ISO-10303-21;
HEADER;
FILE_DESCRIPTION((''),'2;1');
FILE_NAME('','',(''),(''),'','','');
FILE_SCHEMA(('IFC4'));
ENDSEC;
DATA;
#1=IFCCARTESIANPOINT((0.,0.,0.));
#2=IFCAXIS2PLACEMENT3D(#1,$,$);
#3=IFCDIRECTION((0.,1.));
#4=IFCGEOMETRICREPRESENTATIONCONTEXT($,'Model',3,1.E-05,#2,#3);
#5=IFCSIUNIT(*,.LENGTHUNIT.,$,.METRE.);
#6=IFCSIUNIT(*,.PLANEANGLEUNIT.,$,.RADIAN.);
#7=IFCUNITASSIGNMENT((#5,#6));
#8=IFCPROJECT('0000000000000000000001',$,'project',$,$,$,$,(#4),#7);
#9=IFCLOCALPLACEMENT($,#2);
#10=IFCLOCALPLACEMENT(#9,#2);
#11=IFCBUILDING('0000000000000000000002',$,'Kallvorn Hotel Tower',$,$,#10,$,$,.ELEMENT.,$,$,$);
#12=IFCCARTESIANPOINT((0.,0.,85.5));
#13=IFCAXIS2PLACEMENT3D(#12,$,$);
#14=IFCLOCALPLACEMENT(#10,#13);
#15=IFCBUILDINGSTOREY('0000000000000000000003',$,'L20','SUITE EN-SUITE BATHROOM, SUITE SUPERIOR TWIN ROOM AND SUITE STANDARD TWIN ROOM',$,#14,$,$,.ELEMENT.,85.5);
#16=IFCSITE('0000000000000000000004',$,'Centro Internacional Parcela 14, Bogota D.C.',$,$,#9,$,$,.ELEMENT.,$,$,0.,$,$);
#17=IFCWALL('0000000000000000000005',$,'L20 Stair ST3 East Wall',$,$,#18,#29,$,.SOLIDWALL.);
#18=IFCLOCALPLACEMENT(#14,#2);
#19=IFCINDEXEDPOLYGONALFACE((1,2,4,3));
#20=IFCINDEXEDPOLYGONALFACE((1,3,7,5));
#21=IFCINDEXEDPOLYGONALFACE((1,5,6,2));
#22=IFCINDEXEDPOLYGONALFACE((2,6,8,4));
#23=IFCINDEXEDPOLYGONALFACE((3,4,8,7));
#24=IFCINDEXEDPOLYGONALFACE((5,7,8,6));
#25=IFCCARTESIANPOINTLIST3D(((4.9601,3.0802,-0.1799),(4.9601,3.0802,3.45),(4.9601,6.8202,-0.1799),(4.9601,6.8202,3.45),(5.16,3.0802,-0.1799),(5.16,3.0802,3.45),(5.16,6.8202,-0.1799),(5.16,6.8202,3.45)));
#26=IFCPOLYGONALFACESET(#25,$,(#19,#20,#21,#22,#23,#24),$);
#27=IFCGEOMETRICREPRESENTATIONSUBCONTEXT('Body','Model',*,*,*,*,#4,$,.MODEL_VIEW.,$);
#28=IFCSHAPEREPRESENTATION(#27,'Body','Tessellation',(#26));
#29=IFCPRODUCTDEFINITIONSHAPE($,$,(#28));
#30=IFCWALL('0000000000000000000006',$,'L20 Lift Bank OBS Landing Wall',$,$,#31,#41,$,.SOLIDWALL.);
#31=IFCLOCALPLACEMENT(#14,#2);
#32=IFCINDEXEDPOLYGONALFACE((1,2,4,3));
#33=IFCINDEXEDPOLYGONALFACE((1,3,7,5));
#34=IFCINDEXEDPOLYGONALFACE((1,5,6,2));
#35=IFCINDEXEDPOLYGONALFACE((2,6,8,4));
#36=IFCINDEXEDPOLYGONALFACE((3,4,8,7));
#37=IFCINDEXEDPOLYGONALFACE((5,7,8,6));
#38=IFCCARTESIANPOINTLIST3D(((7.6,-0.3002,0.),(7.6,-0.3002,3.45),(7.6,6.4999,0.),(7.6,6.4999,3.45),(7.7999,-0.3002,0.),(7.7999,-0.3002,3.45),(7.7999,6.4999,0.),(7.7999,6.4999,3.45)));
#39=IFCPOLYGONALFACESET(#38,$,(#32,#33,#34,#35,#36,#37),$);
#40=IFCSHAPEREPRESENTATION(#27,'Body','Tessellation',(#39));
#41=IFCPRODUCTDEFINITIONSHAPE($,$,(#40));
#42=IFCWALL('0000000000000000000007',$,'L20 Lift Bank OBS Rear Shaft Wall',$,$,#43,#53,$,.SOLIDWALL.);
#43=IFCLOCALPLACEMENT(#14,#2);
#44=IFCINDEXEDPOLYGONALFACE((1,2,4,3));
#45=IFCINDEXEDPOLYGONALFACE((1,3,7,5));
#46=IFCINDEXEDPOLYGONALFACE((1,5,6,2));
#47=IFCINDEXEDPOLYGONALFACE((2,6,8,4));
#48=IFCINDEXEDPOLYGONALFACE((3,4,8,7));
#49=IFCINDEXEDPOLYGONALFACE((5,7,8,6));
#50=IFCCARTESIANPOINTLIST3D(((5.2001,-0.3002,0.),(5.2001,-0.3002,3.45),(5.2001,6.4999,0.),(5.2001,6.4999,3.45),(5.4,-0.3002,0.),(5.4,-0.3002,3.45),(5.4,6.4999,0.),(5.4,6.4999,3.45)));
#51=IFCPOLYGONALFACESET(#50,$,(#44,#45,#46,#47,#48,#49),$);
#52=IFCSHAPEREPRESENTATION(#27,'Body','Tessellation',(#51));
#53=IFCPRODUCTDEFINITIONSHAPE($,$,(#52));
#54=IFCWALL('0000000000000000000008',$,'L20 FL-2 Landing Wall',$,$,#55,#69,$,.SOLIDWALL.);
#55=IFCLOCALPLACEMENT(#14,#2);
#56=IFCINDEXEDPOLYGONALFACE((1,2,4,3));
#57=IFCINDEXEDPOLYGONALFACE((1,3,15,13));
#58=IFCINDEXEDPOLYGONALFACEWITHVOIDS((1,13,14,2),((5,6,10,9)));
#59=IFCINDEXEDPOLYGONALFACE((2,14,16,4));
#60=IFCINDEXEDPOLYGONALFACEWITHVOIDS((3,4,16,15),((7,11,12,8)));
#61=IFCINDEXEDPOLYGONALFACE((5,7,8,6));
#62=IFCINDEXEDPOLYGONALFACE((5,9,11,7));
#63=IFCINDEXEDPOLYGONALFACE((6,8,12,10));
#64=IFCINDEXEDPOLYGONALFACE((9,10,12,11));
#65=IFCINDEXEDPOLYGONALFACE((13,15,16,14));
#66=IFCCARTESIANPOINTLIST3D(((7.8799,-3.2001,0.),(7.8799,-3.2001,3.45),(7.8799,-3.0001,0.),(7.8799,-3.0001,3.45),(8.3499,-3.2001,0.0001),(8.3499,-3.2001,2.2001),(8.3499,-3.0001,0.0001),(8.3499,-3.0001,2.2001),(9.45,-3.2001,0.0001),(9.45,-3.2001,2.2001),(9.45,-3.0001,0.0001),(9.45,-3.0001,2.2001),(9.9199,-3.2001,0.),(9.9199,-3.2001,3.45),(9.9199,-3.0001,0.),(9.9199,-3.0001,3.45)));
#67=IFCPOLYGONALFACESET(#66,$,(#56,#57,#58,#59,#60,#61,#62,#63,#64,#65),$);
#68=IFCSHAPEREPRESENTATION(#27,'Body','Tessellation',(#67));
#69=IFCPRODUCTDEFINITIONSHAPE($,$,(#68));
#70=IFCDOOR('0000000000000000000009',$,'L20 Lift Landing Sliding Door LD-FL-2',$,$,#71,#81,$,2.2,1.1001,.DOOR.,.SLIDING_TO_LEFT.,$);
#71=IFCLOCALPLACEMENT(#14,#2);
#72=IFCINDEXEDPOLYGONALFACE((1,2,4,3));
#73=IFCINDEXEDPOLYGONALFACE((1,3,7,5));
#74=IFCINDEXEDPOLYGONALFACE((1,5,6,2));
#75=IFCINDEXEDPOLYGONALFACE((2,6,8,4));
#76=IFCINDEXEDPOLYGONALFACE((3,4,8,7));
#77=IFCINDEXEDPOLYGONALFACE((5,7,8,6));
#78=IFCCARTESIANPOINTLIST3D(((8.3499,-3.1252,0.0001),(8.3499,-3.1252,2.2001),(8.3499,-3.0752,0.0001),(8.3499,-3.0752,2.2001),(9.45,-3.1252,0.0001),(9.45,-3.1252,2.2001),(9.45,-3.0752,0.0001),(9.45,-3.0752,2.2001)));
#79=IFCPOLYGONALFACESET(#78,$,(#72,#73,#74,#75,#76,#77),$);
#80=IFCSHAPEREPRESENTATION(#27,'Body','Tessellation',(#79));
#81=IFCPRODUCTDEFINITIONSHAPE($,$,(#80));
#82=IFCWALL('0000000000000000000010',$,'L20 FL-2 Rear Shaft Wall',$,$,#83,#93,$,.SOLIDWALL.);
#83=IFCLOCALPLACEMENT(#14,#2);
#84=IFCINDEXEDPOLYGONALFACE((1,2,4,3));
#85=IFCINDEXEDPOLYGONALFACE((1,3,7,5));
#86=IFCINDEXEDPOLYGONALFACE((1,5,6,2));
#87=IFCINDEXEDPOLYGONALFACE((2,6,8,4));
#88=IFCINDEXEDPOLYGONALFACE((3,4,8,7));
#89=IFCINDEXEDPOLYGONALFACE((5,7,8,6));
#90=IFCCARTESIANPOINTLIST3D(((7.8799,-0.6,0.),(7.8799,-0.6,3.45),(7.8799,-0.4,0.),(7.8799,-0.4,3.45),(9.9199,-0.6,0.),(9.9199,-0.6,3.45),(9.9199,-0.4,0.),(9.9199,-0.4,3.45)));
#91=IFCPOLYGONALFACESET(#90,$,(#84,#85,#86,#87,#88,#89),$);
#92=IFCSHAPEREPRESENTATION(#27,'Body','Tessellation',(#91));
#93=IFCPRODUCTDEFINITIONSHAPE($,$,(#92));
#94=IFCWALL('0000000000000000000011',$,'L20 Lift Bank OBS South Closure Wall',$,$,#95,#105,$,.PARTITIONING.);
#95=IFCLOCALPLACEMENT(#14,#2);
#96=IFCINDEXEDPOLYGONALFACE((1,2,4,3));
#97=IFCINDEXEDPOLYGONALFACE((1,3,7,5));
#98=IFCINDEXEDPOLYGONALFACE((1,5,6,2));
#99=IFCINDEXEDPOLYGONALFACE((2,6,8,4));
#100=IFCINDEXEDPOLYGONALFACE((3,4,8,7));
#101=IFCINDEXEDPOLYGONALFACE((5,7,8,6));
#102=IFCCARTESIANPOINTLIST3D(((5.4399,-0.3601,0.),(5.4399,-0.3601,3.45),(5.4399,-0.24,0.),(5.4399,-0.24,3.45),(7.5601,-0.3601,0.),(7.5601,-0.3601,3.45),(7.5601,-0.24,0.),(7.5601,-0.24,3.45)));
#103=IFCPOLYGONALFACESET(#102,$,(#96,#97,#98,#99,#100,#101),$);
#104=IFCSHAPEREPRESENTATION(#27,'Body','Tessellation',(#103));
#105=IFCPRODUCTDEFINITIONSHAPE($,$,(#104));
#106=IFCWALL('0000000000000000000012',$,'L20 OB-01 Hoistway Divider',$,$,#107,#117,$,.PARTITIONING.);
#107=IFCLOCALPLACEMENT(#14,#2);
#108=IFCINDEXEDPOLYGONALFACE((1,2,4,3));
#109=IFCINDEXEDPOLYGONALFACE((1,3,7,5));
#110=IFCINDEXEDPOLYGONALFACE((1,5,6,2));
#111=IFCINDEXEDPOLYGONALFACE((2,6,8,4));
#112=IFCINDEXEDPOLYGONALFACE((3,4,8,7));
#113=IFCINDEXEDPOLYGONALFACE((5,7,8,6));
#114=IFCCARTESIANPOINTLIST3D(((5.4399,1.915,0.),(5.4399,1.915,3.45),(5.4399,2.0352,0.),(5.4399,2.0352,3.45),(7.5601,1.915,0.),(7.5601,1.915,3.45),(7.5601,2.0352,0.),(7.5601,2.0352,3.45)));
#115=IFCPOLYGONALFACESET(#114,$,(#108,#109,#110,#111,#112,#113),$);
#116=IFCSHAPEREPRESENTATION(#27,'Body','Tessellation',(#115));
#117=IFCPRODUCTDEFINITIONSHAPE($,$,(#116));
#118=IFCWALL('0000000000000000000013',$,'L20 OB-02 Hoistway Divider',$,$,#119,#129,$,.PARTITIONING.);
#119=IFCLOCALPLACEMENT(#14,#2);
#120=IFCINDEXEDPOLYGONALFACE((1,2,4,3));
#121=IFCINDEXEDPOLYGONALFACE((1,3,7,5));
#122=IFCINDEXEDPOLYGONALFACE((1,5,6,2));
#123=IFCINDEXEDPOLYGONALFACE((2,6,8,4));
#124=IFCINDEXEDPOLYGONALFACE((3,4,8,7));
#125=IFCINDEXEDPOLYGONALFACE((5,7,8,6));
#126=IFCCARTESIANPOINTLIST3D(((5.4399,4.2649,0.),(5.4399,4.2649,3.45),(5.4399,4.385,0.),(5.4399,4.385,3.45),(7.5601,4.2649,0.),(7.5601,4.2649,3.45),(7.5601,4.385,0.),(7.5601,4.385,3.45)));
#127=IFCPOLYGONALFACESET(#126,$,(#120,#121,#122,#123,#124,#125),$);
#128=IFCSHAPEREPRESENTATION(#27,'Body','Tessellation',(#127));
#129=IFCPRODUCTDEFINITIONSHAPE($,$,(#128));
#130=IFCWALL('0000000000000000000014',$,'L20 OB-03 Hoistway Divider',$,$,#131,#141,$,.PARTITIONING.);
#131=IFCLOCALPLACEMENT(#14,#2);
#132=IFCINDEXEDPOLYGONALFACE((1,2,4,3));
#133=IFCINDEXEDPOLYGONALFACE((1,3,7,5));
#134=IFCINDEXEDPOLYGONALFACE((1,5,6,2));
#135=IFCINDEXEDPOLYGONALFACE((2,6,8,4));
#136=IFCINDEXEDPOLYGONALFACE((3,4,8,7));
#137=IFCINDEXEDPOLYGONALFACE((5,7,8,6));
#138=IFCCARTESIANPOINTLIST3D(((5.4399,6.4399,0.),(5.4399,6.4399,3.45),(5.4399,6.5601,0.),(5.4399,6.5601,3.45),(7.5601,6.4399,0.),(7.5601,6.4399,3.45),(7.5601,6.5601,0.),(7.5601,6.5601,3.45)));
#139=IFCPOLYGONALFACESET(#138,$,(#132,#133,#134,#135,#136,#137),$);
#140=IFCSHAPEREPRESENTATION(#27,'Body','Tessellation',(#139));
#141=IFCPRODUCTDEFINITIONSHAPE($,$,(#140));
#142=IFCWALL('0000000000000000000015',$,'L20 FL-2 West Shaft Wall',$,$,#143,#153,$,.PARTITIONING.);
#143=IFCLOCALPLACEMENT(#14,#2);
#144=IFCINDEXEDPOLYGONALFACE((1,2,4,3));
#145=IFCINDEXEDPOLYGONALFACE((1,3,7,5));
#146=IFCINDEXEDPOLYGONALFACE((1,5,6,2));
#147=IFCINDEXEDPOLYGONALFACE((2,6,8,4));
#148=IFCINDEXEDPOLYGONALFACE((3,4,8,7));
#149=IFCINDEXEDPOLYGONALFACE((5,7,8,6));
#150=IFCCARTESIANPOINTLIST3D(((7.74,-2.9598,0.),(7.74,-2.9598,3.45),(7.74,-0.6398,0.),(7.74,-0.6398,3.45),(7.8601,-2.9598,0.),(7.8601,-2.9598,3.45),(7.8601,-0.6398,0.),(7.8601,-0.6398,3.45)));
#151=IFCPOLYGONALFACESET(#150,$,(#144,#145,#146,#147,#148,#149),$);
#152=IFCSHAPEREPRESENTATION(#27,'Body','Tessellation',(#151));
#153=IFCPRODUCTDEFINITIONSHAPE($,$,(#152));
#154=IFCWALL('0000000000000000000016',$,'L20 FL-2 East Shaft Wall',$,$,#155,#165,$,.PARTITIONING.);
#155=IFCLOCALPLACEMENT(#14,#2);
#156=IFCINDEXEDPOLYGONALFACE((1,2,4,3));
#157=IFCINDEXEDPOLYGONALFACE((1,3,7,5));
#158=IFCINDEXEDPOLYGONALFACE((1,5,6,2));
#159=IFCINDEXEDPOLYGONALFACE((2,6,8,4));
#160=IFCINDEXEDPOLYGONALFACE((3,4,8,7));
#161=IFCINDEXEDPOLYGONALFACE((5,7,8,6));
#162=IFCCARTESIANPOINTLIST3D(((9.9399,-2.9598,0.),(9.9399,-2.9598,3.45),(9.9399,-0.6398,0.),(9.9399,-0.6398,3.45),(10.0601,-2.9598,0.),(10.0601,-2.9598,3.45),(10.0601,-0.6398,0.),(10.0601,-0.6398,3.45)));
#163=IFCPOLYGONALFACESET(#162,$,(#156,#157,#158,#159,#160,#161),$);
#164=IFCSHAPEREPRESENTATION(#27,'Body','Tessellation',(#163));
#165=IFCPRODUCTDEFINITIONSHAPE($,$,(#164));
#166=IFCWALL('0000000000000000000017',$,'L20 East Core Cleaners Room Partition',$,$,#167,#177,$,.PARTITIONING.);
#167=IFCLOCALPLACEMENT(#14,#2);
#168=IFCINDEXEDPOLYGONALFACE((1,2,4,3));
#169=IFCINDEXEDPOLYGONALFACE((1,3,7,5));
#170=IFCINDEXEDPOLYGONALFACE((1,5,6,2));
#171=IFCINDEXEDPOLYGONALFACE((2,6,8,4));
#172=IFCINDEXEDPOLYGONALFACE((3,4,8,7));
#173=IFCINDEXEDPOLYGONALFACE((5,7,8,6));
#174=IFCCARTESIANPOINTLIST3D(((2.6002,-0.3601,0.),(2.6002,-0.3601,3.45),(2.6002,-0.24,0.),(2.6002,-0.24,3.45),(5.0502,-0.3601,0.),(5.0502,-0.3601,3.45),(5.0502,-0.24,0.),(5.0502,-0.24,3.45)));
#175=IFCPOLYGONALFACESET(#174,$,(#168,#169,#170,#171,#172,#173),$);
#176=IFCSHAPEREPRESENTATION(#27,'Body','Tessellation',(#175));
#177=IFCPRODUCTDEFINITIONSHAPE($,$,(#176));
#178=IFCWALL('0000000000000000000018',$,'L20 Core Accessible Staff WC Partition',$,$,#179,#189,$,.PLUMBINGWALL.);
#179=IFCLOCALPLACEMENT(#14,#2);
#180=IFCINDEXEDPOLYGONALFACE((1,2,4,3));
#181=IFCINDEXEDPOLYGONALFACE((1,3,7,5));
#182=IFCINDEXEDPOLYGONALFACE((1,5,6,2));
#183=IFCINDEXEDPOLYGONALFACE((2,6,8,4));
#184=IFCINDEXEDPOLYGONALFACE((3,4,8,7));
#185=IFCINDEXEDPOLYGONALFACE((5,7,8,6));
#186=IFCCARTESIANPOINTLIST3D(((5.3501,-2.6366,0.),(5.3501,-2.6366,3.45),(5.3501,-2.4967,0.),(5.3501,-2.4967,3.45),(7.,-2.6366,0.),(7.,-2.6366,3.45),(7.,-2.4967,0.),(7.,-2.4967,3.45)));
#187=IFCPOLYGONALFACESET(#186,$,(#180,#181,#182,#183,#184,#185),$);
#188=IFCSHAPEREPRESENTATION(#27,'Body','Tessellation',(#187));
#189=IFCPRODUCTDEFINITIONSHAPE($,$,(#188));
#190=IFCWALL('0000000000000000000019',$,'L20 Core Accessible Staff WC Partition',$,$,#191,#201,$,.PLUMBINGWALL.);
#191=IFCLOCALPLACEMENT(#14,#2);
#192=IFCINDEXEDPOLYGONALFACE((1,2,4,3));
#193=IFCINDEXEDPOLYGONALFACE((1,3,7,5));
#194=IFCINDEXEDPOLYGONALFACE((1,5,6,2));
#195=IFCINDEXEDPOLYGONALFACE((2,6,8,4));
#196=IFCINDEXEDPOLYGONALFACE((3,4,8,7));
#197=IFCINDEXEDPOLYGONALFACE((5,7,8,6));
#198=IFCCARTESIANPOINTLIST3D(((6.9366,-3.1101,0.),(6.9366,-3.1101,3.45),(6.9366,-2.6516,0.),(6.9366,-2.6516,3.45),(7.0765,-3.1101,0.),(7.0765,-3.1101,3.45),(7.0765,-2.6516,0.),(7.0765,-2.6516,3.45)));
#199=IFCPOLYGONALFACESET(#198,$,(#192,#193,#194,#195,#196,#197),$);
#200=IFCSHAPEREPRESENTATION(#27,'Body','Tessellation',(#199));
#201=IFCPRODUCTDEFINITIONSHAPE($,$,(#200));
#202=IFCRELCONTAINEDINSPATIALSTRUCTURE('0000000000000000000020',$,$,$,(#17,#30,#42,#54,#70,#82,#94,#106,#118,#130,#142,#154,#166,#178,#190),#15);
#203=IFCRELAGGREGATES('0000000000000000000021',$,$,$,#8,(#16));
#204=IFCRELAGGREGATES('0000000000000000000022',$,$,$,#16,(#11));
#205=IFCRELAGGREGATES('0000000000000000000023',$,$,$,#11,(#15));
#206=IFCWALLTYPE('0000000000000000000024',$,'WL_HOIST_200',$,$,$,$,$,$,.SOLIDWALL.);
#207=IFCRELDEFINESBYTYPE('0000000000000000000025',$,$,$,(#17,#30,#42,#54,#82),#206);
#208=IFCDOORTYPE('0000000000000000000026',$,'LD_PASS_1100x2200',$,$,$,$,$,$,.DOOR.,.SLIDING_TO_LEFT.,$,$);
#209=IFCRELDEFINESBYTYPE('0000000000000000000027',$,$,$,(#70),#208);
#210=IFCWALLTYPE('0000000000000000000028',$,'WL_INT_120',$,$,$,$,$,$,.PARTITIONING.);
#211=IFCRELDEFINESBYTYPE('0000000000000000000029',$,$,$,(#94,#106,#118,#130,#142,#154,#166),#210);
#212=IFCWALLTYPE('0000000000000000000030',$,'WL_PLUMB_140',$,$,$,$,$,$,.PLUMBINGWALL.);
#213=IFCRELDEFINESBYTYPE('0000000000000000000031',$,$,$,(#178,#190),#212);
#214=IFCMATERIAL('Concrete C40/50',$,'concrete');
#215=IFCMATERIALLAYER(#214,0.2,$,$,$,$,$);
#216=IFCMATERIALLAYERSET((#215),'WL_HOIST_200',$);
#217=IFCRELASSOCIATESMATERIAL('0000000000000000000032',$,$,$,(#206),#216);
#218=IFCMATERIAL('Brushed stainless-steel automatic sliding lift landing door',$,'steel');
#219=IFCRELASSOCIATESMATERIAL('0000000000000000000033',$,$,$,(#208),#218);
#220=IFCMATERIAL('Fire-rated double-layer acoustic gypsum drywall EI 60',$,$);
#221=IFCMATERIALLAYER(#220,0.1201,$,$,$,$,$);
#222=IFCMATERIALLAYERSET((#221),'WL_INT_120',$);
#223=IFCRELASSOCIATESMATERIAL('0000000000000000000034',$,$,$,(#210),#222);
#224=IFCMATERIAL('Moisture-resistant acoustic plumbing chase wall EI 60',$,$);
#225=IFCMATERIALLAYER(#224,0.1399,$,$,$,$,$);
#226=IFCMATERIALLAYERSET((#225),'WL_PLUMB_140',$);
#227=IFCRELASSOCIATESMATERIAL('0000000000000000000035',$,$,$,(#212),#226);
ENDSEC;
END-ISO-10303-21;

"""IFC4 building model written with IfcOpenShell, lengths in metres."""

from ifc_helpers import new_model, si_unit, direction, frame, frame_2d, origin, place, context, subcontext, project, spatial, rectangle, extrude, material, layer, layer_set, type_object, element, fill, save


model = new_model("IFC4")

# Units and contexts
model_context = context("Model", 3, precision=1e-05, world=origin(), true_north=direction((0.0, 1.0)))
body_context = subcontext(model_context, "Body", "Model", "MODEL_VIEW")
ifc_project = project(units=[si_unit("LENGTHUNIT", "METRE"), si_unit("PLANEANGLEUNIT", "RADIAN")], contexts=[model_context])

# Site, building, storey
site_placement = place(None, origin())
site = spatial("IfcSite", under=ifc_project, at=site_placement, Name="Centro Internacional Parcela 14, Bogota D.C.", CompositionType="ELEMENT", RefElevation=0.0)
building_placement = place(site_placement, origin())
building = spatial("IfcBuilding", under=site, at=building_placement, Name="Kallvorn Hotel Tower", CompositionType="ELEMENT")
storey_placement = place(building_placement, frame((0.0, 0.0, 85.5)))
storey = spatial("IfcBuildingStorey", under=building, at=storey_placement, Name="L20", Description="SUITE EN-SUITE BATHROOM, SUITE SUPERIOR TWIN ROOM AND SUITE STANDARD TWIN ROOM", CompositionType="ELEMENT", Elevation=85.5)

# Walls
ifc_material_1 = material(Name="Concrete C40/50", Category="concrete")
ifc_layer_1 = layer(ifc_material_1, 0.2)
ifc_layer_set_1 = layer_set([ifc_layer_1], Name="WL_HOIST_200")
wall_type_1 = type_object("IfcWallType", Name="WL_HOIST_200", PredefinedType="SOLIDWALL", material=ifc_layer_set_1)
wall_1_placement = place(storey_placement, frame((5.0601, 3.0801, -0.1799), z_axis=(0.0, 0.0, 1.0), x_axis=(0.0, 1.0, 0.0)))
element("IfcWall", 1, at=wall_1_placement, inside=storey, type_object=wall_type_1, Name="L20 Stair ST3 East Wall", PredefinedType="SOLIDWALL", context=body_context, shape_type="SweptSolid", body=[
    extrude(rectangle(XDim=3.74, YDim=0.2, at=frame_2d((1.8701, 0.0))), origin(), (0.0, 0.0, 1.0), 3.6299),
])
for number, where, z_axis, x_axis, name in (
    (2, (7.7, -0.3, 0.0), (0.0, 0.0, 1.0), (0.0, 1.0, 0.0), "L20 Lift Bank OBS Landing Wall"),
    (3, (5.3, -0.3, 0.0), (0.0, 0.0, 1.0), (0.0, 1.0, 0.0), "L20 Lift Bank OBS Rear Shaft Wall"),
):
    element("IfcWall", number, at=place(storey_placement, frame(where, z_axis=z_axis, x_axis=x_axis)), inside=storey, type_object=wall_type_1, Name=name, PredefinedType="SOLIDWALL", context=body_context, shape_type="SweptSolid", body=[
        extrude(rectangle(XDim=6.8, YDim=0.2, at=frame_2d((3.3999, 0.0))), origin(), (0.0, 0.0, 1.0), 3.45),
    ])

# Wall, opening, door
wall_2_placement = place(storey_placement, frame((7.8799, -3.1001, 0.0), z_axis=(0.0, 0.0, 1.0), x_axis=(1.0, 0.0, 0.0)))
wall_2 = element("IfcWall", 4, at=wall_2_placement, inside=storey, type_object=wall_type_1, Name="L20 FL-2 Landing Wall", PredefinedType="SOLIDWALL", context=body_context, shape_type="SweptSolid", body=[
    extrude(rectangle(XDim=2.04, YDim=0.2, at=frame_2d((1.02, 0.0))), origin(), (0.0, 0.0, 1.0), 3.45),
])
opening_1_placement = place(wall_2_placement, frame((0.47, 0.0, 0.0)))
opening_1 = element("IfcOpeningElement", 5, at=opening_1_placement, cuts=wall_2, PredefinedType="OPENING", context=body_context, shape_type="SweptSolid", body=[
    extrude(rectangle(XDim=1.1001, YDim=2.2, at=frame_2d((0.55, 1.1001))), frame((0.0, 0.115, 0.0), z_axis=(0.0, -1.0, 0.0), x_axis=(1.0, 0.0, 0.0)), (0.0, 0.0, 1.0), 0.23),
])
ifc_material_2 = material(Name="Brushed stainless-steel automatic sliding lift landing door", Category="steel")
door_type_1 = type_object("IfcDoorType", Name="LD_PASS_1100x2200", OperationType="SLIDING_TO_LEFT", PredefinedType="DOOR", material=ifc_material_2)
door_1_placement = place(opening_1_placement, origin())
door_1 = element("IfcDoor", 6, at=door_1_placement, inside=storey, type_object=door_type_1, Name="L20 Lift Landing Sliding Door LD-FL-2", OperationType="SLIDING_TO_LEFT", OverallHeight=2.2, OverallWidth=1.1001, PredefinedType="DOOR", context=body_context, shape_type="SweptSolid", body=[
    extrude(rectangle(XDim=1.1001, YDim=2.2, at=frame_2d((0.55, 1.1001))), frame((0.0, 0.0249, 0.0), z_axis=(0.0, -1.0, 0.0), x_axis=(1.0, 0.0, 0.0)), (0.0, 0.0, 1.0), 0.05),
])
fill(opening_1, door_1)

# Walls
wall_3_placement = place(storey_placement, frame((7.8799, -0.5, 0.0), z_axis=(0.0, 0.0, 1.0), x_axis=(1.0, 0.0, 0.0)))
element("IfcWall", 7, at=wall_3_placement, inside=storey, type_object=wall_type_1, Name="L20 FL-2 Rear Shaft Wall", PredefinedType="SOLIDWALL", context=body_context, shape_type="SweptSolid", body=[
    extrude(rectangle(XDim=2.04, YDim=0.2, at=frame_2d((1.02, 0.0))), origin(), (0.0, 0.0, 1.0), 3.45),
])
ifc_material_3 = material(Name="Fire-rated double-layer acoustic gypsum drywall EI 60")
ifc_layer_2 = layer(ifc_material_3, 0.1201)
ifc_layer_set_2 = layer_set([ifc_layer_2], Name="WL_INT_120")
wall_type_2 = type_object("IfcWallType", Name="WL_INT_120", PredefinedType="PARTITIONING", material=ifc_layer_set_2)
for number, where, z_axis, x_axis, name in (
    (8, (5.4399, -0.3, 0.0), (0.0, 0.0, 1.0), (1.0, 0.0, 0.0), "L20 Lift Bank OBS South Closure Wall"),
    (9, (5.4399, 1.9751, 0.0), (0.0, 0.0, 1.0), (1.0, 0.0, 0.0), "L20 OB-01 Hoistway Divider"),
    (10, (5.4399, 4.325, 0.0), (0.0, 0.0, 1.0), (1.0, 0.0, 0.0), "L20 OB-02 Hoistway Divider"),
    (11, (5.4399, 6.5, 0.0), (0.0, 0.0, 1.0), (1.0, 0.0, 0.0), "L20 OB-03 Hoistway Divider"),
):
    element("IfcWall", number, at=place(storey_placement, frame(where, z_axis=z_axis, x_axis=x_axis)), inside=storey, type_object=wall_type_2, Name=name, PredefinedType="PARTITIONING", context=body_context, shape_type="SweptSolid", body=[
        extrude(rectangle(XDim=2.1201, YDim=0.1201, at=frame_2d((1.0601, 0.0))), origin(), (0.0, 0.0, 1.0), 3.45),
    ])
for number, where, z_axis, x_axis, name in (
    (12, (7.8, -2.96, 0.0), (0.0, 0.0, 1.0), (0.0, 1.0, 0.0), "L20 FL-2 West Shaft Wall"),
    (13, (10.0, -2.96, 0.0), (0.0, 0.0, 1.0), (0.0, 1.0, 0.0), "L20 FL-2 East Shaft Wall"),
):
    element("IfcWall", number, at=place(storey_placement, frame(where, z_axis=z_axis, x_axis=x_axis)), inside=storey, type_object=wall_type_2, Name=name, PredefinedType="PARTITIONING", context=body_context, shape_type="SweptSolid", body=[
        extrude(rectangle(XDim=2.3201, YDim=0.1201, at=frame_2d((1.1602, 0.0))), origin(), (0.0, 0.0, 1.0), 3.45),
    ])
wall_4_placement = place(storey_placement, frame((2.6001, -0.3, 0.0), z_axis=(0.0, 0.0, 1.0), x_axis=(1.0, 0.0, 0.0)))
element("IfcWall", 14, at=wall_4_placement, inside=storey, type_object=wall_type_2, Name="L20 East Core Cleaners Room Partition", PredefinedType="PARTITIONING", context=body_context, shape_type="SweptSolid", body=[
    extrude(rectangle(XDim=2.45, YDim=0.1201, at=frame_2d((1.2251, 0.0))), origin(), (0.0, 0.0, 1.0), 3.45),
])
ifc_material_4 = material(Name="Moisture-resistant acoustic plumbing chase wall EI 60")
ifc_layer_3 = layer(ifc_material_4, 0.1399)
ifc_layer_set_3 = layer_set([ifc_layer_3], Name="WL_PLUMB_140")
wall_type_3 = type_object("IfcWallType", Name="WL_PLUMB_140", PredefinedType="PLUMBINGWALL", material=ifc_layer_set_3)
wall_5_placement = place(storey_placement, frame((5.3501, -2.5667, 0.0), z_axis=(0.0, 0.0, 1.0), x_axis=(1.0, 0.0, 0.0)))
element("IfcWall", 15, at=wall_5_placement, inside=storey, type_object=wall_type_3, Name="L20 Core Accessible Staff WC Partition", PredefinedType="PLUMBINGWALL", context=body_context, shape_type="SweptSolid", body=[
    extrude(rectangle(XDim=1.6499, YDim=0.1399, at=frame_2d((0.825, 0.0))), origin(), (0.0, 0.0, 1.0), 3.45),
])
wall_6_placement = place(storey_placement, frame((7.0066, -3.1101, 0.0), z_axis=(0.0, 0.0, 1.0), x_axis=(0.0, 1.0, 0.0)))
element("IfcWall", 16, at=wall_6_placement, inside=storey, type_object=wall_type_3, Name="L20 Core Accessible Staff WC Partition", PredefinedType="PLUMBINGWALL", context=body_context, shape_type="SweptSolid", body=[
    extrude(rectangle(XDim=0.4585, YDim=0.1399, at=frame_2d((0.2292, 0.0))), origin(), (0.0, 0.0, 1.0), 3.45),
])

save(model, "model.ifc")
